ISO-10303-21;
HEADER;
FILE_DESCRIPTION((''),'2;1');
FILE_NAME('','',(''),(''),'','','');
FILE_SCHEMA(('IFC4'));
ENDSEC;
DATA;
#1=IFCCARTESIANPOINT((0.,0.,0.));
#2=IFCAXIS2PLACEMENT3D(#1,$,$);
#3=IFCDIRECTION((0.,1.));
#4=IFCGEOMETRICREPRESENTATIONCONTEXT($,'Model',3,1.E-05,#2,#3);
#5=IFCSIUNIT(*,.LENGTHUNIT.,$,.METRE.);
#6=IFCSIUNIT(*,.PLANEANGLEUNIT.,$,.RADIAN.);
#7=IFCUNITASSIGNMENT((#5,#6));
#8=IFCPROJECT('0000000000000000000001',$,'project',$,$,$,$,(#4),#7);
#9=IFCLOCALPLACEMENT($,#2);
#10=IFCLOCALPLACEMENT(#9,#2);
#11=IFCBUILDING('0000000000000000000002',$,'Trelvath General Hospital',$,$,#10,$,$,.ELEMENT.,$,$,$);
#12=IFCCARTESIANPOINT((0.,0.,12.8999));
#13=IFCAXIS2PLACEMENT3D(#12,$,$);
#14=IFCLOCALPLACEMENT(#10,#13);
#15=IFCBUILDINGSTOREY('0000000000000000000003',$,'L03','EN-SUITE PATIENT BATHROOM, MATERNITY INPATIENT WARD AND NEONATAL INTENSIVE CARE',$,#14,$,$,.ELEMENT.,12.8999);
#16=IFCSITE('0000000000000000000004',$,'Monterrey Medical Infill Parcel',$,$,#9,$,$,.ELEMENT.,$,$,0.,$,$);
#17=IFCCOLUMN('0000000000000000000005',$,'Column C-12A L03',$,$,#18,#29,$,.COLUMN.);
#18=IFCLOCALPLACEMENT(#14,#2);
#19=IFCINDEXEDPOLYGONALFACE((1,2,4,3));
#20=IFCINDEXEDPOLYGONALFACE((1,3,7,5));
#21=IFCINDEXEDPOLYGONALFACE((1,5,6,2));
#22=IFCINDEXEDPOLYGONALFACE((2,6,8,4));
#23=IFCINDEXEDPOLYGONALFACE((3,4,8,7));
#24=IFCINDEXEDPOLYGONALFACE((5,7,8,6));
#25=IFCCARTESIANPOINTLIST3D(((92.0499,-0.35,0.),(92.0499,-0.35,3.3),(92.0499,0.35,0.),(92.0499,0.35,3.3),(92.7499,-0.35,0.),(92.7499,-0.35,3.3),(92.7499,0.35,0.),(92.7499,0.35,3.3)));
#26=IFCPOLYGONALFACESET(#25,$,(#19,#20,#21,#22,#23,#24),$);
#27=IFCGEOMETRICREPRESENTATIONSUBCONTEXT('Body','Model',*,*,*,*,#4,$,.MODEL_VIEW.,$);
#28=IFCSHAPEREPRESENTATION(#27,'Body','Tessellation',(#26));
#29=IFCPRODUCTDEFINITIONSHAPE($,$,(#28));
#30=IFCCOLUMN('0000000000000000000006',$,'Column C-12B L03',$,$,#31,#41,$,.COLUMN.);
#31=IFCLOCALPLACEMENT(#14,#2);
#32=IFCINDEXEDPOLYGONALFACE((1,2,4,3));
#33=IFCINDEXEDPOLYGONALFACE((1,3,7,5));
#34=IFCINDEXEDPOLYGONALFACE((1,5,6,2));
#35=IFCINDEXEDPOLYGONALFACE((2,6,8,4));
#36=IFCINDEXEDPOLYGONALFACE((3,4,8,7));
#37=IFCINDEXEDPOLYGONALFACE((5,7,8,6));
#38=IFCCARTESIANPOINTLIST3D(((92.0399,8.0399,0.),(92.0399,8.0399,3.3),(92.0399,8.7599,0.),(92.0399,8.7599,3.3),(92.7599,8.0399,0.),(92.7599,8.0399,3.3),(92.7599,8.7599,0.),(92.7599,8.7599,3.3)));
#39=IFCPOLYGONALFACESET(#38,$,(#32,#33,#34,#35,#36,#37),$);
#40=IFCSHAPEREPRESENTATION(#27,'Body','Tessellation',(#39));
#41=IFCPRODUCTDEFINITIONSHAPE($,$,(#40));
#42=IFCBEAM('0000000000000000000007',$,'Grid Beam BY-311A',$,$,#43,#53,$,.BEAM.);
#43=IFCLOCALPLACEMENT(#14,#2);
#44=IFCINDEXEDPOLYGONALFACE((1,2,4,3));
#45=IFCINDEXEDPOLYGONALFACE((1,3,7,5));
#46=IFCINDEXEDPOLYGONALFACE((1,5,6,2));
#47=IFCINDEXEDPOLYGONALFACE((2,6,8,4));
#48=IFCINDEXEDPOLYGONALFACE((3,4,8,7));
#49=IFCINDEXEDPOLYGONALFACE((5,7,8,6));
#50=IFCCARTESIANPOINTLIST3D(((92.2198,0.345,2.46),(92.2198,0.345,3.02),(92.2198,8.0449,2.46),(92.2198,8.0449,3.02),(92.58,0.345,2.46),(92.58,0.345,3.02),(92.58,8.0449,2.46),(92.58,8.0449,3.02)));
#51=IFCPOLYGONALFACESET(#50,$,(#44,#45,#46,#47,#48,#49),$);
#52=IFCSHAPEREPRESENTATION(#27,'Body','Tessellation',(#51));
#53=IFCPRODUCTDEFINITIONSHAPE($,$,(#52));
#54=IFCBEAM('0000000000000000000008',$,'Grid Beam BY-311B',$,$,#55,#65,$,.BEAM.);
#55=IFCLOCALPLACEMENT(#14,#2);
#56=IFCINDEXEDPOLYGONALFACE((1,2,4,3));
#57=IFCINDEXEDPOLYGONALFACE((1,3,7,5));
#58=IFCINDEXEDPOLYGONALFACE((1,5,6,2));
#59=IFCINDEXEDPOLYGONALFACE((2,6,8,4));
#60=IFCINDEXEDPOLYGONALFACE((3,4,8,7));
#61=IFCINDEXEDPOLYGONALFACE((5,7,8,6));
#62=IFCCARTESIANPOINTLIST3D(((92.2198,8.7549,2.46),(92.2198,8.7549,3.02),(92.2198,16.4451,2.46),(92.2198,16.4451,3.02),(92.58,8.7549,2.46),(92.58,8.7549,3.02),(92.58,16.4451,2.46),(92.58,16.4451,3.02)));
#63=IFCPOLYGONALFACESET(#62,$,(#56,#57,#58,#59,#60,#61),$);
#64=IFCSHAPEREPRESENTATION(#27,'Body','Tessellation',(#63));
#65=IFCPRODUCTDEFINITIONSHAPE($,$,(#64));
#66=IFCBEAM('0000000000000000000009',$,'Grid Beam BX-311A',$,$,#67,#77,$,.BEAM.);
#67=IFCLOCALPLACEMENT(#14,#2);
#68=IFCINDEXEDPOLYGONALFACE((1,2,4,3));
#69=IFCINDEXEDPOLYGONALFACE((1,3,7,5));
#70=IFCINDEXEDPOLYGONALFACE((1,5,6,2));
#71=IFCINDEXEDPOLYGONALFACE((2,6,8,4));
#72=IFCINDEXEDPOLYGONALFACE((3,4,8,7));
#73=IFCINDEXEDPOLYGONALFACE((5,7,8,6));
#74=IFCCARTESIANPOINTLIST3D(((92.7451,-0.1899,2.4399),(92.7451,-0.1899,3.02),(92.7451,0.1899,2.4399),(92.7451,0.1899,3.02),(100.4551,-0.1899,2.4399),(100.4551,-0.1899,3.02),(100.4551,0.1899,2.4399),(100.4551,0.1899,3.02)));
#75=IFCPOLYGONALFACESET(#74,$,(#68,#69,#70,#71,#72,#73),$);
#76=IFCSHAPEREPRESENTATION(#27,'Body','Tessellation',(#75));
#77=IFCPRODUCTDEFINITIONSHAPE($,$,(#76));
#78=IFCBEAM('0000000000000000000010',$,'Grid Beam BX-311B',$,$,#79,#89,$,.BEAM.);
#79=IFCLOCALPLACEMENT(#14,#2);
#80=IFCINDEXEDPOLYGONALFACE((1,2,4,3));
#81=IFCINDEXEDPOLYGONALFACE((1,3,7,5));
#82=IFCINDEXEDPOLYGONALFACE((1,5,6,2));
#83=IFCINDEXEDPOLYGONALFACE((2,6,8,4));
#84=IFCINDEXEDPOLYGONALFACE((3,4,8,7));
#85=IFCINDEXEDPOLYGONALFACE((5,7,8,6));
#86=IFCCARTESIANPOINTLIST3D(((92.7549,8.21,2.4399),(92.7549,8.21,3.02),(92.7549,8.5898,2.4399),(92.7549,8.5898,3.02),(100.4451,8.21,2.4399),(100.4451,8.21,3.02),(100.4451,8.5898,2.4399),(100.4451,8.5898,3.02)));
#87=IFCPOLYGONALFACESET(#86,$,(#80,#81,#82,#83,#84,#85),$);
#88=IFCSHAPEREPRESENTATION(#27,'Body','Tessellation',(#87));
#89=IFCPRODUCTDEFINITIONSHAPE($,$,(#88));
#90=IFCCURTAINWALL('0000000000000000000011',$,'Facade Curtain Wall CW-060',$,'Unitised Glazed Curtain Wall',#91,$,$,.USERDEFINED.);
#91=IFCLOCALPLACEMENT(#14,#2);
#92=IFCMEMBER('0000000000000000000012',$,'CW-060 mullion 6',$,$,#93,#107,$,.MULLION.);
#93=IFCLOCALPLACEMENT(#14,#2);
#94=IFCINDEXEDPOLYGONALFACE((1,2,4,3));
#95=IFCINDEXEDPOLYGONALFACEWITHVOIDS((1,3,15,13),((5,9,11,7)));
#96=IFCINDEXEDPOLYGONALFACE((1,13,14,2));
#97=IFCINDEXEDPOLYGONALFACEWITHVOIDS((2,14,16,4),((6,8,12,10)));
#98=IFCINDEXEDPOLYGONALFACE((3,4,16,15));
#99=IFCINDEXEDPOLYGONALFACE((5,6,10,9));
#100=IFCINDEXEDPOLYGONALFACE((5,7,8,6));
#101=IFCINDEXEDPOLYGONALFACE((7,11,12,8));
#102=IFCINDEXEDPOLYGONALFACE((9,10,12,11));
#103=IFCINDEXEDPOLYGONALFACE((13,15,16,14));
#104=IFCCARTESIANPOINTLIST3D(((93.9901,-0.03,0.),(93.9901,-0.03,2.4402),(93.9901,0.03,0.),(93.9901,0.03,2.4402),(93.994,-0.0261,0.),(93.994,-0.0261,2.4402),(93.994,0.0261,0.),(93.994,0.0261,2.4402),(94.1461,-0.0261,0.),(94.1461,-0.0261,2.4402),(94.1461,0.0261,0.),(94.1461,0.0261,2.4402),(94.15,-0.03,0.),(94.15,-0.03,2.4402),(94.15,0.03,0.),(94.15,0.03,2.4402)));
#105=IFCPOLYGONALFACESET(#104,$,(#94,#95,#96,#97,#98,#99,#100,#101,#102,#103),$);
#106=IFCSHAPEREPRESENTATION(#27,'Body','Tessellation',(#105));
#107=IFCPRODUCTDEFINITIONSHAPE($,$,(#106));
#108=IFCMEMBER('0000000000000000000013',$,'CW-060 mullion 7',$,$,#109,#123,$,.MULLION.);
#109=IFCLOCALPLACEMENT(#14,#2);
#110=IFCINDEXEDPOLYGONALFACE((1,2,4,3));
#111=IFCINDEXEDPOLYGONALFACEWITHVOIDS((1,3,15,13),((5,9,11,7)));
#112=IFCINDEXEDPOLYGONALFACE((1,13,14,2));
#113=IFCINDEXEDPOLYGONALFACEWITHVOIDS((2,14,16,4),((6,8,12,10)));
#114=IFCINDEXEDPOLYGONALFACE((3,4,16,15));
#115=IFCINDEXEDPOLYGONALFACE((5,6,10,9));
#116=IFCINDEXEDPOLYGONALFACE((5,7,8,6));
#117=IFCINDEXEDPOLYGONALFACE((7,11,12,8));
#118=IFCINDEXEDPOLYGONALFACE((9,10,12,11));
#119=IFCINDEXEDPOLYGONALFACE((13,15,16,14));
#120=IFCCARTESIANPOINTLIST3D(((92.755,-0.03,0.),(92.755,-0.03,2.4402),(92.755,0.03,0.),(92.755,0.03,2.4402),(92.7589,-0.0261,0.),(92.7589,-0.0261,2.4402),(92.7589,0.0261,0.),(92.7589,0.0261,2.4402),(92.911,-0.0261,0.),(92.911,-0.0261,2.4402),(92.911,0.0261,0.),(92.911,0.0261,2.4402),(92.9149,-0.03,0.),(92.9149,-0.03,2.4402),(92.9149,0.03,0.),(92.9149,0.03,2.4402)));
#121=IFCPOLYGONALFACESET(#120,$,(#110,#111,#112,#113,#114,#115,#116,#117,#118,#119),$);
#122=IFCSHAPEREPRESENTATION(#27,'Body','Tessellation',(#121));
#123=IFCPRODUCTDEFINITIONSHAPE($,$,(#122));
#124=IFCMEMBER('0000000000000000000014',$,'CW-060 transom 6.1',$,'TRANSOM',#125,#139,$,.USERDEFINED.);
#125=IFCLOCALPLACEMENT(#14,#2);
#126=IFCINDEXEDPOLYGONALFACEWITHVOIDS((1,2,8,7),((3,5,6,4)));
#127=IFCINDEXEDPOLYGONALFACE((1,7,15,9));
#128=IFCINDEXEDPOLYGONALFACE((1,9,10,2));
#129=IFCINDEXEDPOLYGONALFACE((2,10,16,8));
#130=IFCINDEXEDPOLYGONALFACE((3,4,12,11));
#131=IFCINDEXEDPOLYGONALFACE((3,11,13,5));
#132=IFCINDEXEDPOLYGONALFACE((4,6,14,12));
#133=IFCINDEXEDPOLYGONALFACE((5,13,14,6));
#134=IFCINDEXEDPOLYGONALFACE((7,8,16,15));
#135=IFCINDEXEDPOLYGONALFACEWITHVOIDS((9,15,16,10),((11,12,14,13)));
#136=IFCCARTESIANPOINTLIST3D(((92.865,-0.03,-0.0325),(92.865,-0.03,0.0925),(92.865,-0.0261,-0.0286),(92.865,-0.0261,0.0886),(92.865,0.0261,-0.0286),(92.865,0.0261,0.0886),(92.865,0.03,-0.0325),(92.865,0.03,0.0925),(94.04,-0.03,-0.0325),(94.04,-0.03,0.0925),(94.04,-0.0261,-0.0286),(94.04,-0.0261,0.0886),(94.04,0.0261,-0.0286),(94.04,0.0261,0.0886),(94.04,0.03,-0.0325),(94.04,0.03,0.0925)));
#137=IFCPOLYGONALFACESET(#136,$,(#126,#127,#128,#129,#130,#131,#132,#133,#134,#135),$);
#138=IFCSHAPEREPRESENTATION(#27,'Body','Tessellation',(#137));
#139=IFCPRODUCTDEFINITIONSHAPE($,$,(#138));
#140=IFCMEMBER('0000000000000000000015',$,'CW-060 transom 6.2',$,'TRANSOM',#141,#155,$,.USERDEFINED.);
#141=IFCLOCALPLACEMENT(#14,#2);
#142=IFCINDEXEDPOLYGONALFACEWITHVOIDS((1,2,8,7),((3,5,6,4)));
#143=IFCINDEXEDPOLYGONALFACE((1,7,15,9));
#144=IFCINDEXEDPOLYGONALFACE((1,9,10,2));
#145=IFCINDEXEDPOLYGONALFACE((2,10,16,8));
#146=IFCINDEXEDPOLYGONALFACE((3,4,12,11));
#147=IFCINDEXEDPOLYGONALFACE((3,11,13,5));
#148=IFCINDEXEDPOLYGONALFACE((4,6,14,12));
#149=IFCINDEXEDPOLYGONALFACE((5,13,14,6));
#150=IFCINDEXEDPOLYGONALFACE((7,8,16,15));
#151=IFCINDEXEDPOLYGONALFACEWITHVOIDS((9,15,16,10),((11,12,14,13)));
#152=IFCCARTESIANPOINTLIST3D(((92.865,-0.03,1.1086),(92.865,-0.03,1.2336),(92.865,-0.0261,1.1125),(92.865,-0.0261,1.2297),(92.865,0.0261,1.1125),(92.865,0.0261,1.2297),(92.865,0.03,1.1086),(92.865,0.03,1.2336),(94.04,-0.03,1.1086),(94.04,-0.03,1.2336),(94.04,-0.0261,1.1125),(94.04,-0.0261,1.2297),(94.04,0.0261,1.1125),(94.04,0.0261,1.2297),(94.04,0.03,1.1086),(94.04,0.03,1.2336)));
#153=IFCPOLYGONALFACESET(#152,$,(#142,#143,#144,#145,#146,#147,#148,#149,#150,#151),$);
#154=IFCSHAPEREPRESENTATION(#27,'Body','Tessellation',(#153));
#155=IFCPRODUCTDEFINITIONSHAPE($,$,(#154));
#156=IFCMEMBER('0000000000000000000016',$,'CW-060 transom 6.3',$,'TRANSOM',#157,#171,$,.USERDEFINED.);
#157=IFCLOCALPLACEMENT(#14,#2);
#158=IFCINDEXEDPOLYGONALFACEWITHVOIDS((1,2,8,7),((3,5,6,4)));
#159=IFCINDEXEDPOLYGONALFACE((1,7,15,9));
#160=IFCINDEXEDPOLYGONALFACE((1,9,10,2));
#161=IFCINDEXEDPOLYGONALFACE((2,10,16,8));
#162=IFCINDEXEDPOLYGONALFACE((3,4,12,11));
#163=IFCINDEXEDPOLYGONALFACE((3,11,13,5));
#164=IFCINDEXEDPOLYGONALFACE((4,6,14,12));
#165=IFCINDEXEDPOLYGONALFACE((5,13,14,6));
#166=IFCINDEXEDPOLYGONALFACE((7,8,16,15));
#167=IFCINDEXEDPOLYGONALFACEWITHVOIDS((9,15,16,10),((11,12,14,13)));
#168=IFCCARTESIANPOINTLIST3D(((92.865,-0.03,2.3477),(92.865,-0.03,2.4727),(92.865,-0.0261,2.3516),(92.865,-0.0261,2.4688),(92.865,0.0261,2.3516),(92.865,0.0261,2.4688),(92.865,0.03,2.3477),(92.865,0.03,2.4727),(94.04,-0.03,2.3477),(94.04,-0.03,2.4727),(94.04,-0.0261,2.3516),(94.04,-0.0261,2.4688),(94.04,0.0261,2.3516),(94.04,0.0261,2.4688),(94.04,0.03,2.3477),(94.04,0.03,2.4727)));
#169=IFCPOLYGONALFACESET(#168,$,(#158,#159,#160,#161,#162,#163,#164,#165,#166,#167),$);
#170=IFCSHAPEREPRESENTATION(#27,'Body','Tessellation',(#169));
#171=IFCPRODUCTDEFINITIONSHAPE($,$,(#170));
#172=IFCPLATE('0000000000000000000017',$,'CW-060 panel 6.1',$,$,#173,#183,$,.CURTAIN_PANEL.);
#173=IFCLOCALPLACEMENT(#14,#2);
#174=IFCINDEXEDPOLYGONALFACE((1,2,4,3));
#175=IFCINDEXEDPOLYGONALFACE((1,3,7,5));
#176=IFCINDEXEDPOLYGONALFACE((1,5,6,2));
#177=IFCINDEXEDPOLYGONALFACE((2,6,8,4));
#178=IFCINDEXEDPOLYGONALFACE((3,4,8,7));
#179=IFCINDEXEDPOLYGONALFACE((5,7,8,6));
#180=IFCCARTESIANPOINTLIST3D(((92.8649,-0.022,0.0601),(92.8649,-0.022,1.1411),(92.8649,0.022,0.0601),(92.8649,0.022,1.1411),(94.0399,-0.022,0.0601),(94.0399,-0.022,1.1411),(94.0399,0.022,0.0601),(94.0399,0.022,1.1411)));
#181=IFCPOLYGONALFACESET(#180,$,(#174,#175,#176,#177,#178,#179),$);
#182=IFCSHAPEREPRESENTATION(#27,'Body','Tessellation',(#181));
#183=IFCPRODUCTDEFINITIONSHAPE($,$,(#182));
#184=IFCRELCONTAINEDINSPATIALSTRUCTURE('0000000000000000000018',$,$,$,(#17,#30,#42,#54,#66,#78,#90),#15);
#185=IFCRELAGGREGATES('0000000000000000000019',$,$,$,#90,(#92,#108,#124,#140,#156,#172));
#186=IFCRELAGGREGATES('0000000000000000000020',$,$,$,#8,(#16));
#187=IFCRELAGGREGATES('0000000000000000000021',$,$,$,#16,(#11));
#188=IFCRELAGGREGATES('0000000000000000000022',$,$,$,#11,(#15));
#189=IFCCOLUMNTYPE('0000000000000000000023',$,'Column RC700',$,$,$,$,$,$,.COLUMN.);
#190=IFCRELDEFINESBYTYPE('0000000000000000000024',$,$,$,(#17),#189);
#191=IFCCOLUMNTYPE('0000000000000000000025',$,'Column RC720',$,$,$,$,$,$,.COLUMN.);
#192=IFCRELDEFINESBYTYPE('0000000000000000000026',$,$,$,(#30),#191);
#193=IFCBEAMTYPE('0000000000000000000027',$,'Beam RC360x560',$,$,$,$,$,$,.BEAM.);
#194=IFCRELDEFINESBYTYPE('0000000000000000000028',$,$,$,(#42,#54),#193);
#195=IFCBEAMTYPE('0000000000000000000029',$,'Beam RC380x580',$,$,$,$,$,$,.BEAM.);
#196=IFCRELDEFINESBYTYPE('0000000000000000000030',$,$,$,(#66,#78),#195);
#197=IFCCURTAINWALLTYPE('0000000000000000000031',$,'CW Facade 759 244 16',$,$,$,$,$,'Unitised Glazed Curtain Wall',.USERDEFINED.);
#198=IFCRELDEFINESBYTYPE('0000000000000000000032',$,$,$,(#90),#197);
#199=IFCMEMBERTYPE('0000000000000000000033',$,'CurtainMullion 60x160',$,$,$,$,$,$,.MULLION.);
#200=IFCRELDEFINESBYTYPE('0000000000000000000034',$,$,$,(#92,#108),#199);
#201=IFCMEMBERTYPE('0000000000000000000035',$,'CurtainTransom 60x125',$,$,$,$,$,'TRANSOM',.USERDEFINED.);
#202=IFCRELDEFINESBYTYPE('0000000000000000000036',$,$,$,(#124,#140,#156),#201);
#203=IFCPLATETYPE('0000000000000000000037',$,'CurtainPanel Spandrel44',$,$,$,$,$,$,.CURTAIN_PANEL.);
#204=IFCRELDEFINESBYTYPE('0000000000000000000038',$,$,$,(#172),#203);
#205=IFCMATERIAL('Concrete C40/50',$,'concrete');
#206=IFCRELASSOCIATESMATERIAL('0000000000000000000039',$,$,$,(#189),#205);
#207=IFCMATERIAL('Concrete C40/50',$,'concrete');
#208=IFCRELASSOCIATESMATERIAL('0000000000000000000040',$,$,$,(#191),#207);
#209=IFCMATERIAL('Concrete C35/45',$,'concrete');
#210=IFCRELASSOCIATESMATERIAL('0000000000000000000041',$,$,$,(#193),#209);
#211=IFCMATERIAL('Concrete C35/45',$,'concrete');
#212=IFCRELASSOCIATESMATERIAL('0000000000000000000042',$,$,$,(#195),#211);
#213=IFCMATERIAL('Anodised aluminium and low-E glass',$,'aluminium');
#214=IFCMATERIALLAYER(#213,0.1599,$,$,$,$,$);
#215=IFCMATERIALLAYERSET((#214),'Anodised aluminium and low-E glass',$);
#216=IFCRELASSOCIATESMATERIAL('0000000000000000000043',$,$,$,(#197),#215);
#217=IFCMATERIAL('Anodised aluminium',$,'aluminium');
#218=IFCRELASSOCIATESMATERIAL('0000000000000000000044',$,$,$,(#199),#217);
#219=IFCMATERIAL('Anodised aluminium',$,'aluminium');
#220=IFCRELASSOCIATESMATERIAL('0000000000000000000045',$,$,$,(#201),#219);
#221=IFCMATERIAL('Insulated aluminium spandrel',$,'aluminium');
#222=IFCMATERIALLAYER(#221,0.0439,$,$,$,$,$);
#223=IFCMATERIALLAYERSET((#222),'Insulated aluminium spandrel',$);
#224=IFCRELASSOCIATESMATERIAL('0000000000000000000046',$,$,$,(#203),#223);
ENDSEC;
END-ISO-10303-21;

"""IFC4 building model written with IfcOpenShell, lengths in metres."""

from ifc_helpers import new_model, si_unit, direction, frame, origin, origin_2d, place, context, subcontext, project, spatial, rectangle, hollow_rectangle, extrude, material, layer, layer_set, material_profile, profile_set, type_object, element, aggregate, save


model = new_model("IFC4")

# Units and contexts
model_context = context("Model", 3, precision=1e-05, world=origin(), true_north=direction((0.0, 1.0)))
body_context = subcontext(model_context, "Body", "Model", "MODEL_VIEW")
ifc_project = project(units=[si_unit("LENGTHUNIT", "METRE"), si_unit("PLANEANGLEUNIT", "RADIAN")], contexts=[model_context])

# Site, building, storey
site_placement = place(None, origin())
site = spatial("IfcSite", under=ifc_project, at=site_placement, Name="Monterrey Medical Infill Parcel", CompositionType="ELEMENT", RefElevation=0.0)
building_placement = place(site_placement, origin())
building = spatial("IfcBuilding", under=site, at=building_placement, Name="Trelvath General Hospital", CompositionType="ELEMENT")
storey_placement = place(building_placement, frame((0.0, 0.0, 12.8999)))
storey = spatial("IfcBuildingStorey", under=building, at=storey_placement, Name="L03", Description="EN-SUITE PATIENT BATHROOM, MATERNITY INPATIENT WARD AND NEONATAL INTENSIVE CARE", CompositionType="ELEMENT", Elevation=12.8999)

# Columns
ifc_material_1 = material(Name="Concrete C40/50", Category="concrete")
ifc_material_profile_1 = material_profile(ifc_material_1, rectangle(XDim=0.7, YDim=0.7, at=origin_2d()), Name="RC700x700")
ifc_profile_set_1 = profile_set([ifc_material_profile_1], Name="Concrete C40/50")
column_type_1 = type_object("IfcColumnType", Name="Column RC700", PredefinedType="COLUMN", material=ifc_profile_set_1)
column_1_placement = place(storey_placement, frame((92.3999, 0.0, 0.0), z_axis=(0.0, 0.0, 1.0), x_axis=(1.0, 0.0, 0.0)))
element("IfcColumn", 1, at=column_1_placement, inside=storey, type_object=column_type_1, Name="Column C-12A L03", PredefinedType="COLUMN", context=body_context, shape_type="SweptSolid", body=[
    extrude(rectangle(XDim=0.7, YDim=0.7, at=origin_2d()), origin(), (0.0, 0.0, 1.0), 3.3),
])
ifc_material_2 = material(Name="Concrete C40/50", Category="concrete")
ifc_material_profile_2 = material_profile(ifc_material_2, rectangle(XDim=0.72, YDim=0.72, at=origin_2d()), Name="RC720x720")
ifc_profile_set_2 = profile_set([ifc_material_profile_2], Name="Concrete C40/50")
column_type_2 = type_object("IfcColumnType", Name="Column RC720", PredefinedType="COLUMN", material=ifc_profile_set_2)
column_2_placement = place(storey_placement, frame((92.3999, 8.3999, 0.0), z_axis=(0.0, 0.0, 1.0), x_axis=(1.0, 0.0, 0.0)))
element("IfcColumn", 2, at=column_2_placement, inside=storey, type_object=column_type_2, Name="Column C-12B L03", PredefinedType="COLUMN", context=body_context, shape_type="SweptSolid", body=[
    extrude(rectangle(XDim=0.72, YDim=0.72, at=origin_2d()), origin(), (0.0, 0.0, 1.0), 3.3),
])

# Beams
ifc_material_3 = material(Name="Concrete C35/45", Category="concrete")
ifc_material_profile_3 = material_profile(ifc_material_3, rectangle(XDim=0.3601, YDim=0.5601, at=origin_2d()), Name="RCB360x560")
ifc_profile_set_3 = profile_set([ifc_material_profile_3], Name="Concrete C35/45")
beam_type_1 = type_object("IfcBeamType", Name="Beam RC360x560", PredefinedType="BEAM", material=ifc_profile_set_3)
beam_1_placement = place(storey_placement, frame((92.3999, 0.345, 2.74), z_axis=(0.0, 1.0, 0.0), x_axis=(-1.0, 0.0, 0.0)))
element("IfcBeam", 3, at=beam_1_placement, inside=storey, type_object=beam_type_1, Name="Grid Beam BY-311A", PredefinedType="BEAM", context=body_context, shape_type="SweptSolid", body=[
    extrude(rectangle(XDim=0.3601, YDim=0.5601, at=origin_2d()), origin(), (0.0, 0.0, 1.0), 7.7),
])
beam_2_placement = place(storey_placement, frame((92.3999, 8.7549, 2.74), z_axis=(0.0, 1.0, 0.0), x_axis=(-1.0, 0.0, 0.0)))
element("IfcBeam", 4, at=beam_2_placement, inside=storey, type_object=beam_type_1, Name="Grid Beam BY-311B", PredefinedType="BEAM", context=body_context, shape_type="SweptSolid", body=[
    extrude(rectangle(XDim=0.3601, YDim=0.5601, at=origin_2d()), origin(), (0.0, 0.0, 1.0), 7.6902),
])
ifc_material_4 = material(Name="Concrete C35/45", Category="concrete")
ifc_material_profile_4 = material_profile(ifc_material_4, rectangle(XDim=0.3799, YDim=0.5801, at=origin_2d()), Name="RCB380x580")
ifc_profile_set_4 = profile_set([ifc_material_profile_4], Name="Concrete C35/45")
beam_type_2 = type_object("IfcBeamType", Name="Beam RC380x580", PredefinedType="BEAM", material=ifc_profile_set_4)
beam_3_placement = place(storey_placement, frame((92.7451, 0.0, 2.73), z_axis=(1.0, 0.0, 0.0), x_axis=(0.0, 1.0, 0.0)))
element("IfcBeam", 5, at=beam_3_placement, inside=storey, type_object=beam_type_2, Name="Grid Beam BX-311A", PredefinedType="BEAM", context=body_context, shape_type="SweptSolid", body=[
    extrude(rectangle(XDim=0.3799, YDim=0.5801, at=origin_2d()), origin(), (0.0, 0.0, 1.0), 7.71),
])
beam_4_placement = place(storey_placement, frame((92.7549, 8.3999, 2.73), z_axis=(1.0, 0.0, 0.0), x_axis=(0.0, 1.0, 0.0)))
element("IfcBeam", 6, at=beam_4_placement, inside=storey, type_object=beam_type_2, Name="Grid Beam BX-311B", PredefinedType="BEAM", context=body_context, shape_type="SweptSolid", body=[
    extrude(rectangle(XDim=0.3799, YDim=0.5801, at=origin_2d()), origin(), (0.0, 0.0, 1.0), 7.6902),
])

# Curtain wall, members, plate
ifc_material_5 = material(Name="Anodised aluminium and low-E glass", Category="aluminium")
ifc_layer_1 = layer(ifc_material_5, 0.1599)
ifc_layer_set_1 = layer_set([ifc_layer_1], Name="Anodised aluminium and low-E glass")
curtain_wall_type = type_object("IfcCurtainWallType", Name="CW Facade 759 244 16", ElementType="Unitised Glazed Curtain Wall", PredefinedType="USERDEFINED", material=ifc_layer_set_1)
curtain_wall_placement = place(storey_placement, origin())
curtain_wall = element("IfcCurtainWall", 7, at=curtain_wall_placement, inside=storey, type_object=curtain_wall_type, Name="Facade Curtain Wall CW-060", ObjectType="Unitised Glazed Curtain Wall", PredefinedType="USERDEFINED")
ifc_material_6 = material(Name="Anodised aluminium", Category="aluminium")
ifc_material_profile_5 = material_profile(ifc_material_6, hollow_rectangle(XDim=0.0601, YDim=0.1599, WallThickness=0.0039, at=origin_2d()), Name="RHS60x160x4")
ifc_profile_set_5 = profile_set([ifc_material_profile_5], Name="Anodised aluminium")
member_type_1 = type_object("IfcMemberType", Name="CurtainMullion 60x160", PredefinedType="MULLION", material=ifc_profile_set_5)
member_1_placement = place(storey_placement, frame((94.0701, 0.0, 0.0), z_axis=(0.0, 0.0, 1.0), x_axis=(0.0, -1.0, 0.0)))
member_1 = element("IfcMember", 8, at=member_1_placement, type_object=member_type_1, Name="CW-060 mullion 6", PredefinedType="MULLION", context=body_context, shape_type="SweptSolid", body=[
    extrude(hollow_rectangle(XDim=0.0601, YDim=0.1599, WallThickness=0.0039, at=origin_2d()), origin(), (0.0, 0.0, 1.0), 2.4402),
])
member_2_placement = place(storey_placement, frame((92.835, 0.0, 0.0), z_axis=(0.0, 0.0, 1.0), x_axis=(0.0, -1.0, 0.0)))
member_2 = element("IfcMember", 9, at=member_2_placement, type_object=member_type_1, Name="CW-060 mullion 7", PredefinedType="MULLION", context=body_context, shape_type="SweptSolid", body=[
    extrude(hollow_rectangle(XDim=0.0601, YDim=0.1599, WallThickness=0.0039, at=origin_2d()), origin(), (0.0, 0.0, 1.0), 2.4402),
])
ifc_material_7 = material(Name="Anodised aluminium", Category="aluminium")
ifc_material_profile_6 = material_profile(ifc_material_7, hollow_rectangle(XDim=0.0601, YDim=0.125, WallThickness=0.0039, at=origin_2d()), Name="RHS60x125x4")
ifc_profile_set_6 = profile_set([ifc_material_profile_6], Name="Anodised aluminium")
member_type_2 = type_object("IfcMemberType", Name="CurtainTransom 60x125", ElementType="TRANSOM", PredefinedType="USERDEFINED", material=ifc_profile_set_6)
member_3_placement = place(storey_placement, frame((94.04, 0.0, 0.03), z_axis=(-1.0, 0.0, 0.0), x_axis=(0.0, -1.0, 0.0)))
member_3 = element("IfcMember", 10, at=member_3_placement, type_object=member_type_2, Name="CW-060 transom 6.1", ObjectType="TRANSOM", PredefinedType="USERDEFINED", context=body_context, shape_type="SweptSolid", body=[
    extrude(hollow_rectangle(XDim=0.0601, YDim=0.125, WallThickness=0.0039, at=origin_2d()), origin(), (0.0, 0.0, 1.0), 1.175),
])
member_4_placement = place(storey_placement, frame((94.04, 0.0, 1.1711), z_axis=(-1.0, 0.0, 0.0), x_axis=(0.0, -1.0, 0.0)))
member_4 = element("IfcMember", 11, at=member_4_placement, type_object=member_type_2, Name="CW-060 transom 6.2", ObjectType="TRANSOM", PredefinedType="USERDEFINED", context=body_context, shape_type="SweptSolid", body=[
    extrude(hollow_rectangle(XDim=0.0601, YDim=0.125, WallThickness=0.0039, at=origin_2d()), origin(), (0.0, 0.0, 1.0), 1.175),
])
member_5_placement = place(storey_placement, frame((94.04, 0.0, 2.4102), z_axis=(-1.0, 0.0, 0.0), x_axis=(0.0, -1.0, 0.0)))
member_5 = element("IfcMember", 12, at=member_5_placement, type_object=member_type_2, Name="CW-060 transom 6.3", ObjectType="TRANSOM", PredefinedType="USERDEFINED", context=body_context, shape_type="SweptSolid", body=[
    extrude(hollow_rectangle(XDim=0.0601, YDim=0.125, WallThickness=0.0039, at=origin_2d()), origin(), (0.0, 0.0, 1.0), 1.175),
])
ifc_material_8 = material(Name="Insulated aluminium spandrel", Category="aluminium")
ifc_layer_2 = layer(ifc_material_8, 0.0439)
ifc_layer_set_2 = layer_set([ifc_layer_2], Name="Insulated aluminium spandrel")
plate_type = type_object("IfcPlateType", Name="CurtainPanel Spandrel44", PredefinedType="CURTAIN_PANEL", material=ifc_layer_set_2)
plate_1_placement = place(storey_placement, frame((93.4524, 0.0, 0.0601), z_axis=(0.0, 0.0, 1.0), x_axis=(-1.0, 0.0, 0.0)))
plate_1 = element("IfcPlate", 13, at=plate_1_placement, type_object=plate_type, Name="CW-060 panel 6.1", PredefinedType="CURTAIN_PANEL", context=body_context, shape_type="SweptSolid", body=[
    extrude(rectangle(XDim=1.175, YDim=0.0439, at=origin_2d()), origin(), (0.0, 0.0, 1.0), 1.0811),
])
aggregate(curtain_wall, [member_1, member_2, member_3, member_4, member_5, plate_1])

save(model, "model.ifc")
